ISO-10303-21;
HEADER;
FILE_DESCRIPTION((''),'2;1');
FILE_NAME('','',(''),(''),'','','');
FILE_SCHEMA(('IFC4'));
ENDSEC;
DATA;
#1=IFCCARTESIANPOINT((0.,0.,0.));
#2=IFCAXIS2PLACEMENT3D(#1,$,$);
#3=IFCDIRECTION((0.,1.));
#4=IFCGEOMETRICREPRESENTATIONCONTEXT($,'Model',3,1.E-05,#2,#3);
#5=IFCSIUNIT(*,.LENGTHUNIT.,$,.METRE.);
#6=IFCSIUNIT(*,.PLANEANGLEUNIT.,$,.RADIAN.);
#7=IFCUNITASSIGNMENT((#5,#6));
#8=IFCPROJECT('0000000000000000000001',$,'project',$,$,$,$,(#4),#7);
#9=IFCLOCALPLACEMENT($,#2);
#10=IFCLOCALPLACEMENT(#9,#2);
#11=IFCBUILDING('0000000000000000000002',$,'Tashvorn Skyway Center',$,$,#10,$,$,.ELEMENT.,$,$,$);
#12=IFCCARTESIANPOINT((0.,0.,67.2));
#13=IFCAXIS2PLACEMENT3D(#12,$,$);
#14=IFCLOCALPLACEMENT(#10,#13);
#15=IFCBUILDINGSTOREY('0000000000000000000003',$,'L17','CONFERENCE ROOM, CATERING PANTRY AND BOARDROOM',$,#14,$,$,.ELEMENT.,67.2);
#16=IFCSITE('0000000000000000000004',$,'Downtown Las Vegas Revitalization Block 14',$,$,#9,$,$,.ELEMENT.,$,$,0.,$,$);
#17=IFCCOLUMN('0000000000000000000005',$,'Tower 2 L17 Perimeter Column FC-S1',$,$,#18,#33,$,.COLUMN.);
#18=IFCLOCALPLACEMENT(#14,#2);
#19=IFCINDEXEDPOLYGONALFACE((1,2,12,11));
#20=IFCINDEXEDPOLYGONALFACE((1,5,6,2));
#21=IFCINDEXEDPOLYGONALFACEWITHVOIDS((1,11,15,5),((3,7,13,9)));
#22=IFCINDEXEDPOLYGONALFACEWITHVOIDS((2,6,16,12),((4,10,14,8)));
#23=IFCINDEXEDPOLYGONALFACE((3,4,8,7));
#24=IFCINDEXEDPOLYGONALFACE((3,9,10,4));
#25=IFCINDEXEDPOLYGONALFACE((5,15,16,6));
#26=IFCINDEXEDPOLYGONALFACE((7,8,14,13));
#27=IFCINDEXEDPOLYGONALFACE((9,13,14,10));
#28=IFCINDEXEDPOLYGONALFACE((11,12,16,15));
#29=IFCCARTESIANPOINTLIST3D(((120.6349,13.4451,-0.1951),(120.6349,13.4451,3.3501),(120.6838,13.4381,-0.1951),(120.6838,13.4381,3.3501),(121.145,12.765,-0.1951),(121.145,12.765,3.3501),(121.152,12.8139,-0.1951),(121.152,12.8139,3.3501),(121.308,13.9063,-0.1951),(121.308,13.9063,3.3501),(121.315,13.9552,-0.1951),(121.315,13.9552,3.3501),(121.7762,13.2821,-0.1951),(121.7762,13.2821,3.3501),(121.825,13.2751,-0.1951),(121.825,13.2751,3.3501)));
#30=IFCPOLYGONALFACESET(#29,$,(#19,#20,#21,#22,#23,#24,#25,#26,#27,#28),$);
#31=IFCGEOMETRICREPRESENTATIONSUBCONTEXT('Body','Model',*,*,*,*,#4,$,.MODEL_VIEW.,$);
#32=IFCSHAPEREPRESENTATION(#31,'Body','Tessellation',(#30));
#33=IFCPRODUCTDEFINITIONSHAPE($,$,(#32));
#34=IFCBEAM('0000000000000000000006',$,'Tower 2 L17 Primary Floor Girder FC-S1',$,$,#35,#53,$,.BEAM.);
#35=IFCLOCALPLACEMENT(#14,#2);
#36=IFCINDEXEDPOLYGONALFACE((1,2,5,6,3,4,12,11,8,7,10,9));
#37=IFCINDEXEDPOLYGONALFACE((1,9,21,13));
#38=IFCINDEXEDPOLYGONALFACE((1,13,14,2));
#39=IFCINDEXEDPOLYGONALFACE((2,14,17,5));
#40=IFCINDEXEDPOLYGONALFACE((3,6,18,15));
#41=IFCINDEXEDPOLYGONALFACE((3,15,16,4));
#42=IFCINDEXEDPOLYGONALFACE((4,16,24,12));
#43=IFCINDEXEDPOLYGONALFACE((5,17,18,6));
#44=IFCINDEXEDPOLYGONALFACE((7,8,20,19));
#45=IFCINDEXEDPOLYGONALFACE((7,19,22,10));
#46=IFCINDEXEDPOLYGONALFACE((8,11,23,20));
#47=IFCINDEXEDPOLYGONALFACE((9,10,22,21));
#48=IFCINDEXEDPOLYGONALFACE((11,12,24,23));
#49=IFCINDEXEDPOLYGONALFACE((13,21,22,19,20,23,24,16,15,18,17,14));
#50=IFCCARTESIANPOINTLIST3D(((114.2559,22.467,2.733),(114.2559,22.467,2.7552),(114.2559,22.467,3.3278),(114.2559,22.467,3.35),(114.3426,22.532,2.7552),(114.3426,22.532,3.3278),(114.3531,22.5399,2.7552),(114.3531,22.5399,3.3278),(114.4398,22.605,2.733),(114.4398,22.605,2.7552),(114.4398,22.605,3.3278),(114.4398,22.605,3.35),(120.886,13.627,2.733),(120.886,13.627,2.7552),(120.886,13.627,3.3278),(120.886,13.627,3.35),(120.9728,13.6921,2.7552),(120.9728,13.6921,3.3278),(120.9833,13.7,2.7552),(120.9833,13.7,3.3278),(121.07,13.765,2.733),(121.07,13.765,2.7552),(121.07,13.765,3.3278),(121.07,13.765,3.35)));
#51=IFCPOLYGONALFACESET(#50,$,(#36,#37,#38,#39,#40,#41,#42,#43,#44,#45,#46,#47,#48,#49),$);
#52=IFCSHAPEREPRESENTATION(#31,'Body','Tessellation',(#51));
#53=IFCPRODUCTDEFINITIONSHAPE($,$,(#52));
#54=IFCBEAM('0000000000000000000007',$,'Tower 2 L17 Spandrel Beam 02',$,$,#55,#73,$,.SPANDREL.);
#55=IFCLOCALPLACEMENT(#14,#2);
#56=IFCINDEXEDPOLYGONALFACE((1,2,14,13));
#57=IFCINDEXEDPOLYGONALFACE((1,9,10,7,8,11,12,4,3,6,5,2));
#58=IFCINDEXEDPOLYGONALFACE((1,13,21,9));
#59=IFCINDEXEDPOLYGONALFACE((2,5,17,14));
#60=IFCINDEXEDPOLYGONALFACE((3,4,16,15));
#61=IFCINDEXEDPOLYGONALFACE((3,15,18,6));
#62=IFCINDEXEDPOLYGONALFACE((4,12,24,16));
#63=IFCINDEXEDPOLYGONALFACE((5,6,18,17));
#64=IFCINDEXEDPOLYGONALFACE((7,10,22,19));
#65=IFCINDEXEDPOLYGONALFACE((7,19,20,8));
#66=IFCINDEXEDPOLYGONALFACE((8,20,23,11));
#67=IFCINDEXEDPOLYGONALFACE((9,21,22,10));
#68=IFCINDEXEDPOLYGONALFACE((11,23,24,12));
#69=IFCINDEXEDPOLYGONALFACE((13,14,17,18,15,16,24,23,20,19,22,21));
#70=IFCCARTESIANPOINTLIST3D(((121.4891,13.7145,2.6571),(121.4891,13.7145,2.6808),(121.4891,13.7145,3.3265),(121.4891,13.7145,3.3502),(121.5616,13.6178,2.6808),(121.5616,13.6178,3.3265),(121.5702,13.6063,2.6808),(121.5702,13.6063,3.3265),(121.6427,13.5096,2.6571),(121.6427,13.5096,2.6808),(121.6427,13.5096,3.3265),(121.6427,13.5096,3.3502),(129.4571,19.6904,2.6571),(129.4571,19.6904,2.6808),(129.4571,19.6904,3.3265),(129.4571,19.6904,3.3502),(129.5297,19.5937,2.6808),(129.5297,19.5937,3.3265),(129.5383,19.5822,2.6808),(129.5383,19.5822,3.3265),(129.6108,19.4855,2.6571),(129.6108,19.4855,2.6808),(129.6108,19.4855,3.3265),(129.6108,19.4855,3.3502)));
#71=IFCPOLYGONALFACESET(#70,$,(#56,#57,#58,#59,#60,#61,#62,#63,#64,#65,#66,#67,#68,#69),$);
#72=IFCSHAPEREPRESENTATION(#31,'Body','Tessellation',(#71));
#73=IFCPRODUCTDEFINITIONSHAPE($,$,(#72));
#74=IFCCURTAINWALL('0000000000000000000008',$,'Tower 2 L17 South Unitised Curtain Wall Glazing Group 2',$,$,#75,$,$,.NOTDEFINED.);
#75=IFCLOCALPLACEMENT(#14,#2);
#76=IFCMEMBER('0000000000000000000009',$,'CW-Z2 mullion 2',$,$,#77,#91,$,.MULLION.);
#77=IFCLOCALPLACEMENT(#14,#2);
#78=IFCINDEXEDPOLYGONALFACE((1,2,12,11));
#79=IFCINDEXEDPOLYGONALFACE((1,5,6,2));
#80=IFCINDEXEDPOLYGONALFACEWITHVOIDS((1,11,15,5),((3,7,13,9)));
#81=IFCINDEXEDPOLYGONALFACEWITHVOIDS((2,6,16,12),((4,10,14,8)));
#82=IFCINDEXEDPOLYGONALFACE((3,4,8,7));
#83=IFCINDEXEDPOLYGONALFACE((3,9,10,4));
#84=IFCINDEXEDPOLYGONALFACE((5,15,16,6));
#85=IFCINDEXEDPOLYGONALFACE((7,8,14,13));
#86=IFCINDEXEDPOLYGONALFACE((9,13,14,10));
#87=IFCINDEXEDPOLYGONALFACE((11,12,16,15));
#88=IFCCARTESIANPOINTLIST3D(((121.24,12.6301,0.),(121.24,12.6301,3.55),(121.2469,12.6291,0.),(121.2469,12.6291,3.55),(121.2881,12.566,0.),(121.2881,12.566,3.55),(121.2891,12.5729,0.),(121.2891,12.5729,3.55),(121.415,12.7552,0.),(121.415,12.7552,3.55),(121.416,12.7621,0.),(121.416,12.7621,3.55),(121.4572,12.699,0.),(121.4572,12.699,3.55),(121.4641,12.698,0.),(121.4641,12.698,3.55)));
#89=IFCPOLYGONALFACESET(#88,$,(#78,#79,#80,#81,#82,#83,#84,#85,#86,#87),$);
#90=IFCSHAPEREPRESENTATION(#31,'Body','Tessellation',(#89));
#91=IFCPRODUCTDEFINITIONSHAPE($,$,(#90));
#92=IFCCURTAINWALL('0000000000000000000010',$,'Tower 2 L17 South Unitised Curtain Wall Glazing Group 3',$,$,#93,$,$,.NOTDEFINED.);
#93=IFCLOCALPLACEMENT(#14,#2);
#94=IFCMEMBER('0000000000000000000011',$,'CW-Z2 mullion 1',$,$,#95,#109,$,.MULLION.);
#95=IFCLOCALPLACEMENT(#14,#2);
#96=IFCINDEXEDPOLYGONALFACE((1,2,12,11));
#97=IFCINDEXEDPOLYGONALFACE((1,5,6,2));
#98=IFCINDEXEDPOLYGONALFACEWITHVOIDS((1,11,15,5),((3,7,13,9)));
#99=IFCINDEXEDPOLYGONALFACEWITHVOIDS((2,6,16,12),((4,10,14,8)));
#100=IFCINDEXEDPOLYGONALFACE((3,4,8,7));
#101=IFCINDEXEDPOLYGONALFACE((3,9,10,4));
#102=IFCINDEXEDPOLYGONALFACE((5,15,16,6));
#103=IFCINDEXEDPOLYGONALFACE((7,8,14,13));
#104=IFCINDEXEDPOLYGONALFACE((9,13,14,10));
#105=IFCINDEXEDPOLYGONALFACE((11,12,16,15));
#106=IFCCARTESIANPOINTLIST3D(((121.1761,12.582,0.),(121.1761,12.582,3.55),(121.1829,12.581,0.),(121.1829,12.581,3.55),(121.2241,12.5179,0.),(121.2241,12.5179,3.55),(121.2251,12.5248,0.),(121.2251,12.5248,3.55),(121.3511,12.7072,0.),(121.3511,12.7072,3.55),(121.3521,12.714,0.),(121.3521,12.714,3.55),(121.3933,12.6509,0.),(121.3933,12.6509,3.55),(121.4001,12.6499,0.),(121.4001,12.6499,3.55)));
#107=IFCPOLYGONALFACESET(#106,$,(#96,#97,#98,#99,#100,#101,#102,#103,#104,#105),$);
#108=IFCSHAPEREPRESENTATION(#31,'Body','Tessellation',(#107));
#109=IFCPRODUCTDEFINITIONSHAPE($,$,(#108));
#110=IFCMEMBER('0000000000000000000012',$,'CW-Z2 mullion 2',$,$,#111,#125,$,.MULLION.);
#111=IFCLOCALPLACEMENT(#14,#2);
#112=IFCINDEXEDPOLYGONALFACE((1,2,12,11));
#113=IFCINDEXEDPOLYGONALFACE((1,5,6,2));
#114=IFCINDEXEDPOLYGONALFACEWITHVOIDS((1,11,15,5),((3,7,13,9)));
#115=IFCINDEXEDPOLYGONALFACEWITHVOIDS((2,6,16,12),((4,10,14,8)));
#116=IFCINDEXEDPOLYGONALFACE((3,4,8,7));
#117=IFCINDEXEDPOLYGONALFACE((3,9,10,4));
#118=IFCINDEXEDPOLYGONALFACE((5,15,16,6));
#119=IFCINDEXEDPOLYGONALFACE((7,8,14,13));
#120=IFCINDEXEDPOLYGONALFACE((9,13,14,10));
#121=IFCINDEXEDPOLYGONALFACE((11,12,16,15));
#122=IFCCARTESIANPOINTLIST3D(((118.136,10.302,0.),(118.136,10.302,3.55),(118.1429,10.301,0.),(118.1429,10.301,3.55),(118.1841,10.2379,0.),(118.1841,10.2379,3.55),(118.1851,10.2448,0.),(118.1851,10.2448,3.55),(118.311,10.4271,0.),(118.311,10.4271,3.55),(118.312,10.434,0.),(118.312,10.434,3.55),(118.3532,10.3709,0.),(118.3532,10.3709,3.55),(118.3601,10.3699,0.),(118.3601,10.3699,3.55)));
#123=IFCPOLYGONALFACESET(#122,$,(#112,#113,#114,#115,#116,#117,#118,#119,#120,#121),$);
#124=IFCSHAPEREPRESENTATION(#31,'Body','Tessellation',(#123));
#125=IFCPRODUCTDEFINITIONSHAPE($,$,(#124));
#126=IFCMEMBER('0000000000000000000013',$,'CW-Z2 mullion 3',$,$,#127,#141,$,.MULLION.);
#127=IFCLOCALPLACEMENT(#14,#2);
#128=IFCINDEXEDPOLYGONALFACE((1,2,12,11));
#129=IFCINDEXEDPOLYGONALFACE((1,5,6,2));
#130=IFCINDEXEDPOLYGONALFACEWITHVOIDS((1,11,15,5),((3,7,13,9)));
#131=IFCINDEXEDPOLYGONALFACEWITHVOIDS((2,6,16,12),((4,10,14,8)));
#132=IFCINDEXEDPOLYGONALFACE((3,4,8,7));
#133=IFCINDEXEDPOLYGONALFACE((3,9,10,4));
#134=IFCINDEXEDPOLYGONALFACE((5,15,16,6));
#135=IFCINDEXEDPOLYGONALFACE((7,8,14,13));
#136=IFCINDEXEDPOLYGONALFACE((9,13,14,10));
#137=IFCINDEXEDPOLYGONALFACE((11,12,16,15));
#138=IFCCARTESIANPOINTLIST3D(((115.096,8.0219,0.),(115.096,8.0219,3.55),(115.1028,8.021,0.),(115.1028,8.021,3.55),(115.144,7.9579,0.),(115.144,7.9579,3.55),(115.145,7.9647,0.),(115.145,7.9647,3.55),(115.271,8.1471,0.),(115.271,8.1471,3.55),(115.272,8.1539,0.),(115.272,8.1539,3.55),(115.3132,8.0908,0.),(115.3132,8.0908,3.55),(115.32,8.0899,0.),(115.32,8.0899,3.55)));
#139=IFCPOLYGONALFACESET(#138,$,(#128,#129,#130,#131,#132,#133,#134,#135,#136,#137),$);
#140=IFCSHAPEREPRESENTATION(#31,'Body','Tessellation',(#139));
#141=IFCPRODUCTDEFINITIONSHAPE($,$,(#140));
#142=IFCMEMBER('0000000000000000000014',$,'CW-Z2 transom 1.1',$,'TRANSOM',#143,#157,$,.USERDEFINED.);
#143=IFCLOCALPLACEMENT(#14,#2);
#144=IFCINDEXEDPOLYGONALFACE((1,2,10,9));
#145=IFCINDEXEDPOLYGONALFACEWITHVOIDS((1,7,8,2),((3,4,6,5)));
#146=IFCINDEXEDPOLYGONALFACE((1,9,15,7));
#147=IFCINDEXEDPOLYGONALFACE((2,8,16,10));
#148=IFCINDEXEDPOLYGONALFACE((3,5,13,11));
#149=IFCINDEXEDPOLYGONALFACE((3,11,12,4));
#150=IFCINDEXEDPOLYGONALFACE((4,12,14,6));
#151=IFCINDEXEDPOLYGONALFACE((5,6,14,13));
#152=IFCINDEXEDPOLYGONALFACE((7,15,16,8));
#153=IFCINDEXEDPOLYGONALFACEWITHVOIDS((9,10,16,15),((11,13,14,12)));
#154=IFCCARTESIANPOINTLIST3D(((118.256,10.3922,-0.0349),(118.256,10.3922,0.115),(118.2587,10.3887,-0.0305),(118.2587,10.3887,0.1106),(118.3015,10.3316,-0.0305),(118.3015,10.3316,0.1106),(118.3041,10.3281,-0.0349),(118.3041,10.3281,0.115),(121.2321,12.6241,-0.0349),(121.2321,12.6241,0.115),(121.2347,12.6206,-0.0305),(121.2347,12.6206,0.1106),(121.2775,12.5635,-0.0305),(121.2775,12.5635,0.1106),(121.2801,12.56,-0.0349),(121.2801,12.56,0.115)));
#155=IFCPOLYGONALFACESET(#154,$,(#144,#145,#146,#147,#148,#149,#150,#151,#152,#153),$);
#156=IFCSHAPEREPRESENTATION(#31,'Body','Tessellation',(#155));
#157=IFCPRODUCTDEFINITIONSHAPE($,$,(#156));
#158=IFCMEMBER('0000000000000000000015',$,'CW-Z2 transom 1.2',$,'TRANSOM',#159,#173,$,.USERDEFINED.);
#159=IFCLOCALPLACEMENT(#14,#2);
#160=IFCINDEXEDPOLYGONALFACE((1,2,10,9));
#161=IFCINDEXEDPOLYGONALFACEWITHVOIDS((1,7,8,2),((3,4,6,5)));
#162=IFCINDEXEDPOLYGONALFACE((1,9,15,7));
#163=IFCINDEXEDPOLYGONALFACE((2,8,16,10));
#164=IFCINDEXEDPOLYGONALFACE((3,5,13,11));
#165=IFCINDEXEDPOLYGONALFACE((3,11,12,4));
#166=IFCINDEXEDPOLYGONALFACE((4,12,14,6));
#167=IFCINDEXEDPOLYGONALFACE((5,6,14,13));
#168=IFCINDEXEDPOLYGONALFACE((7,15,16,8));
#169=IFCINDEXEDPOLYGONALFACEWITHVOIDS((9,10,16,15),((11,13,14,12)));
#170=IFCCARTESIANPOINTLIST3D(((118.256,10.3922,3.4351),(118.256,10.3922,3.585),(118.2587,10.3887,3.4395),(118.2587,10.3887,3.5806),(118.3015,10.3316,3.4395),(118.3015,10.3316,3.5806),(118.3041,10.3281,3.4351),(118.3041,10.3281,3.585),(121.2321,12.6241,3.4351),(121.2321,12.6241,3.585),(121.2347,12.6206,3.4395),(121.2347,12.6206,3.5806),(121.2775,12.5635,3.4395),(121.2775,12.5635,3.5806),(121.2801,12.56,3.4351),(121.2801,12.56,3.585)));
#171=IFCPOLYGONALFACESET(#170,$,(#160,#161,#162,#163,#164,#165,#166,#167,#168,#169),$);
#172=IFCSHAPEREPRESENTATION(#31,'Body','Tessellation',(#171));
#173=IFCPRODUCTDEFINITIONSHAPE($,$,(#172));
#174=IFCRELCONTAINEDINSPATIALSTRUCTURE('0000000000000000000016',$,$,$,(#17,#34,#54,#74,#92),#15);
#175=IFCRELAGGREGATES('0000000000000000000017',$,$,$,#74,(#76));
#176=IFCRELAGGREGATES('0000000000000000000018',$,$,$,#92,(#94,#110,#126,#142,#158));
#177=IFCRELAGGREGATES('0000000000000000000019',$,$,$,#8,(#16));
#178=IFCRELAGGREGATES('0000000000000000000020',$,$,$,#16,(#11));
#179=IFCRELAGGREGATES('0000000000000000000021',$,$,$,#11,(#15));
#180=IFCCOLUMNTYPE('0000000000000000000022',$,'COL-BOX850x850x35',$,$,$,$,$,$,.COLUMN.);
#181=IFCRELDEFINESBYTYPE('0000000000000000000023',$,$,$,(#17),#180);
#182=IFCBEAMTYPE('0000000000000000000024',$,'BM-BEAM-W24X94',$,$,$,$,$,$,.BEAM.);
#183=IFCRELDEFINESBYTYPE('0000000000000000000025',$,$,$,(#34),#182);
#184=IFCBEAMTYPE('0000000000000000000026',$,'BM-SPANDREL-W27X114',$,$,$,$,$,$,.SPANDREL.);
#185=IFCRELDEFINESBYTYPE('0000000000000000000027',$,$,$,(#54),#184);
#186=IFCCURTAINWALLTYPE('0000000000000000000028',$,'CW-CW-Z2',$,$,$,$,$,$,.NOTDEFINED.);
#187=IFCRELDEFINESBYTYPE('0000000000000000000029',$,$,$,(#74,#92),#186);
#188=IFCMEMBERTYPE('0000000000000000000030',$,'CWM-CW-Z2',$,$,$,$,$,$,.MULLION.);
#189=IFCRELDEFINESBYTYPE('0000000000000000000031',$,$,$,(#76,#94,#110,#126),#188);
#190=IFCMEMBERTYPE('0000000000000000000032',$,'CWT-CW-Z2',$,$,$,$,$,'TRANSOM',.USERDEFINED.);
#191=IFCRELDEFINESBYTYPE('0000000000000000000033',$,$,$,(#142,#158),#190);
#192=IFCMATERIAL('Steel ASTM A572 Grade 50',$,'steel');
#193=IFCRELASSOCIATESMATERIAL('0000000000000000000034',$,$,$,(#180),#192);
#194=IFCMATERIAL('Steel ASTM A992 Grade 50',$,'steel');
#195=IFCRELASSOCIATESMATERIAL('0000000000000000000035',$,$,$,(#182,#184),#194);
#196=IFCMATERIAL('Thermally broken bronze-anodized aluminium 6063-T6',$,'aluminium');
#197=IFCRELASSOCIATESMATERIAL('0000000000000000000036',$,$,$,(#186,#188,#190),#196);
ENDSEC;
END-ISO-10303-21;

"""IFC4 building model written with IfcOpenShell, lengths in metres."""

from ifc_helpers import new_model, si_unit, direction, frame, origin, origin_2d, place, context, subcontext, project, spatial, hollow_rectangle, i_section, extrude, material, material_profile, profile_set, type_object, element, aggregate, save


model = new_model("IFC4")

# Units and contexts
model_context = context("Model", 3, precision=1e-05, world=origin(), true_north=direction((0.0, 1.0)))
body_context = subcontext(model_context, "Body", "Model", "MODEL_VIEW")
ifc_project = project(units=[si_unit("LENGTHUNIT", "METRE"), si_unit("PLANEANGLEUNIT", "RADIAN")], contexts=[model_context])

# Site, building, storey
site_placement = place(None, origin())
site = spatial("IfcSite", under=ifc_project, at=site_placement, Name="Downtown Las Vegas Revitalization Block 14", CompositionType="ELEMENT", RefElevation=0.0)
building_placement = place(site_placement, origin())
building = spatial("IfcBuilding", under=site, at=building_placement, Name="Tashvorn Skyway Center", CompositionType="ELEMENT")
storey_placement = place(building_placement, frame((0.0, 0.0, 67.2)))
storey = spatial("IfcBuildingStorey", under=building, at=storey_placement, Name="L17", Description="CONFERENCE ROOM, CATERING PANTRY AND BOARDROOM", CompositionType="ELEMENT", Elevation=67.2)

# Column
ifc_material_1 = material(Name="Steel ASTM A572 Grade 50", Category="steel")
ifc_material_profile_1 = material_profile(ifc_material_1, hollow_rectangle(XDim=0.8501, YDim=0.8501, WallThickness=0.0349, at=origin_2d()), Name="BOX850x850x35")
ifc_profile_set_1 = profile_set([ifc_material_profile_1], Name="Steel ASTM A572 Grade 50")
column_type = type_object("IfcColumnType", Name="COL-BOX850x850x35", PredefinedType="COLUMN", material=ifc_profile_set_1)
column_placement = place(storey_placement, frame((121.23, 13.3601, -0.1951), z_axis=(0.0, 0.0, 1.0), x_axis=(0.8, 0.6, 0.0)))
element("IfcColumn", 1, at=column_placement, inside=storey, type_object=column_type, Name="Tower 2 L17 Perimeter Column FC-S1", PredefinedType="COLUMN", context=body_context, shape_type="SweptSolid", body=[
    extrude(hollow_rectangle(XDim=0.8501, YDim=0.8501, WallThickness=0.0349, at=origin_2d()), origin(), (0.0, 0.0, 1.0), 3.5452),
])

# Beams
ifc_material_2 = material(Name="Steel ASTM A992 Grade 50", Category="steel")
ifc_material_profile_2 = material_profile(ifc_material_2, i_section(OverallWidth=0.23, OverallDepth=0.6169, WebThickness=0.0132, FlangeThickness=0.0222, at=origin_2d()), Name="W24X94")
ifc_profile_set_2 = profile_set([ifc_material_profile_2], Name="Steel ASTM A992 Grade 50")
beam_type_1 = type_object("IfcBeamType", Name="BM-BEAM-W24X94", PredefinedType="BEAM", material=ifc_profile_set_2)
beam_1_placement = place(storey_placement, frame((120.978, 13.696, 3.0415), z_axis=(-0.600014, 0.799989, 0.0), x_axis=(-0.799989, -0.600014, 0.0)))
element("IfcBeam", 2, at=beam_1_placement, inside=storey, type_object=beam_type_1, Name="Tower 2 L17 Primary Floor Girder FC-S1", PredefinedType="BEAM", context=body_context, shape_type="SweptSolid", body=[
    extrude(i_section(OverallWidth=0.23, OverallDepth=0.6169, WebThickness=0.0132, FlangeThickness=0.0222, at=origin_2d()), origin(), (0.0, 0.0, 1.0), 11.05),
])
ifc_material_profile_3 = material_profile(ifc_material_2, i_section(OverallWidth=0.2561, OverallDepth=0.6931, WebThickness=0.0144, FlangeThickness=0.0237, at=origin_2d()), Name="W27X114")
ifc_profile_set_3 = profile_set([ifc_material_profile_3], Name="Steel ASTM A992 Grade 50")
beam_type_2 = type_object("IfcBeamType", Name="BM-SPANDREL-W27X114", PredefinedType="SPANDREL", material=ifc_profile_set_3)
beam_2_placement = place(storey_placement, frame((121.5659, 13.6121, 3.0037), z_axis=(0.800009, 0.599988, 0.0), x_axis=(-0.599988, 0.800009, 0.0)))
element("IfcBeam", 3, at=beam_2_placement, inside=storey, type_object=beam_type_2, Name="Tower 2 L17 Spandrel Beam 02", PredefinedType="SPANDREL", context=body_context, shape_type="SweptSolid", body=[
    extrude(i_section(OverallWidth=0.2561, OverallDepth=0.6931, WebThickness=0.0144, FlangeThickness=0.0237, at=origin_2d()), origin(), (0.0, 0.0, 1.0), 9.96),
])

# Curtain wall, member
ifc_material_3 = material(Name="Thermally broken bronze-anodized aluminium 6063-T6", Category="aluminium")
curtain_wall_type = type_object("IfcCurtainWallType", Name="CW-CW-Z2", PredefinedType="NOTDEFINED", material=ifc_material_3)
curtain_wall_1_placement = place(storey_placement, origin())
curtain_wall_1 = element("IfcCurtainWall", 4, at=curtain_wall_1_placement, inside=storey, type_object=curtain_wall_type, Name="Tower 2 L17 South Unitised Curtain Wall Glazing Group 2", PredefinedType="NOTDEFINED")
ifc_material_profile_4 = material_profile(ifc_material_3, hollow_rectangle(XDim=0.0801, YDim=0.22, WallThickness=0.0049, at=origin_2d()), Name="ALU-MULL-80x220")
ifc_profile_set_4 = profile_set([ifc_material_profile_4], Name="Thermally broken bronze-anodized aluminium 6063-T6")
member_type_1 = type_object("IfcMemberType", Name="CWM-CW-Z2", PredefinedType="MULLION", material=ifc_profile_set_4)
member_1_placement = place(storey_placement, frame((121.3521, 12.6641, 0.0), z_axis=(0.0, 0.0, 1.0), x_axis=(0.6, -0.8, 0.0)))
member_1 = element("IfcMember", 5, at=member_1_placement, type_object=member_type_1, Name="CW-Z2 mullion 2", PredefinedType="MULLION", context=body_context, shape_type="SweptSolid", body=[
    extrude(hollow_rectangle(XDim=0.0801, YDim=0.22, WallThickness=0.0049, at=origin_2d()), origin(), (0.0, 0.0, 1.0), 3.55),
])
aggregate(curtain_wall_1, [member_1])

# Curtain wall, members
curtain_wall_2_placement = place(storey_placement, origin())
curtain_wall_2 = element("IfcCurtainWall", 6, at=curtain_wall_2_placement, inside=storey, type_object=curtain_wall_type, Name="Tower 2 L17 South Unitised Curtain Wall Glazing Group 3", PredefinedType="NOTDEFINED")
member_2_placement = place(storey_placement, frame((121.2881, 12.616, 0.0), z_axis=(0.0, 0.0, 1.0), x_axis=(0.6, -0.8, 0.0)))
member_2 = element("IfcMember", 7, at=member_2_placement, type_object=member_type_1, Name="CW-Z2 mullion 1", PredefinedType="MULLION", context=body_context, shape_type="SweptSolid", body=[
    extrude(hollow_rectangle(XDim=0.0801, YDim=0.22, WallThickness=0.0049, at=origin_2d()), origin(), (0.0, 0.0, 1.0), 3.55),
])
member_3_placement = place(storey_placement, frame((118.248, 10.3359, 0.0), z_axis=(0.0, 0.0, 1.0), x_axis=(0.6, -0.8, 0.0)))
member_3 = element("IfcMember", 8, at=member_3_placement, type_object=member_type_1, Name="CW-Z2 mullion 2", PredefinedType="MULLION", context=body_context, shape_type="SweptSolid", body=[
    extrude(hollow_rectangle(XDim=0.0801, YDim=0.22, WallThickness=0.0049, at=origin_2d()), origin(), (0.0, 0.0, 1.0), 3.55),
])
member_4_placement = place(storey_placement, frame((115.208, 8.0559, 0.0), z_axis=(0.0, 0.0, 1.0), x_axis=(0.6, -0.8, 0.0)))
member_4 = element("IfcMember", 9, at=member_4_placement, type_object=member_type_1, Name="CW-Z2 mullion 3", PredefinedType="MULLION", context=body_context, shape_type="SweptSolid", body=[
    extrude(hollow_rectangle(XDim=0.0801, YDim=0.22, WallThickness=0.0049, at=origin_2d()), origin(), (0.0, 0.0, 1.0), 3.55),
])
ifc_material_profile_5 = material_profile(ifc_material_3, hollow_rectangle(XDim=0.0801, YDim=0.1499, WallThickness=0.0044, at=origin_2d()), Name="ALU-TRAN-80x150")
ifc_profile_set_5 = profile_set([ifc_material_profile_5], Name="Thermally broken bronze-anodized aluminium 6063-T6")
member_type_2 = type_object("IfcMemberType", Name="CWT-CW-Z2", ElementType="TRANSOM", PredefinedType="USERDEFINED", material=ifc_profile_set_5)
member_5_placement = place(storey_placement, frame((121.2561, 12.592, 0.04), z_axis=(-0.800016, -0.599979, 0.0), x_axis=(0.599979, -0.800016, 0.0)))
member_5 = element("IfcMember", 10, at=member_5_placement, type_object=member_type_2, Name="CW-Z2 transom 1.1", ObjectType="TRANSOM", PredefinedType="USERDEFINED", context=body_context, shape_type="SweptSolid", body=[
    extrude(hollow_rectangle(XDim=0.0801, YDim=0.1499, WallThickness=0.0044, at=origin_2d()), origin(), (0.0, 0.0, 1.0), 3.72),
])
member_6_placement = place(storey_placement, frame((121.2561, 12.592, 3.51), z_axis=(-0.800016, -0.599979, 0.0), x_axis=(0.599979, -0.800016, 0.0)))
member_6 = element("IfcMember", 11, at=member_6_placement, type_object=member_type_2, Name="CW-Z2 transom 1.2", ObjectType="TRANSOM", PredefinedType="USERDEFINED", context=body_context, shape_type="SweptSolid", body=[
    extrude(hollow_rectangle(XDim=0.0801, YDim=0.1499, WallThickness=0.0044, at=origin_2d()), origin(), (0.0, 0.0, 1.0), 3.72),
])
aggregate(curtain_wall_2, [member_2, member_3, member_4, member_5, member_6])

save(model, "model.ifc")
